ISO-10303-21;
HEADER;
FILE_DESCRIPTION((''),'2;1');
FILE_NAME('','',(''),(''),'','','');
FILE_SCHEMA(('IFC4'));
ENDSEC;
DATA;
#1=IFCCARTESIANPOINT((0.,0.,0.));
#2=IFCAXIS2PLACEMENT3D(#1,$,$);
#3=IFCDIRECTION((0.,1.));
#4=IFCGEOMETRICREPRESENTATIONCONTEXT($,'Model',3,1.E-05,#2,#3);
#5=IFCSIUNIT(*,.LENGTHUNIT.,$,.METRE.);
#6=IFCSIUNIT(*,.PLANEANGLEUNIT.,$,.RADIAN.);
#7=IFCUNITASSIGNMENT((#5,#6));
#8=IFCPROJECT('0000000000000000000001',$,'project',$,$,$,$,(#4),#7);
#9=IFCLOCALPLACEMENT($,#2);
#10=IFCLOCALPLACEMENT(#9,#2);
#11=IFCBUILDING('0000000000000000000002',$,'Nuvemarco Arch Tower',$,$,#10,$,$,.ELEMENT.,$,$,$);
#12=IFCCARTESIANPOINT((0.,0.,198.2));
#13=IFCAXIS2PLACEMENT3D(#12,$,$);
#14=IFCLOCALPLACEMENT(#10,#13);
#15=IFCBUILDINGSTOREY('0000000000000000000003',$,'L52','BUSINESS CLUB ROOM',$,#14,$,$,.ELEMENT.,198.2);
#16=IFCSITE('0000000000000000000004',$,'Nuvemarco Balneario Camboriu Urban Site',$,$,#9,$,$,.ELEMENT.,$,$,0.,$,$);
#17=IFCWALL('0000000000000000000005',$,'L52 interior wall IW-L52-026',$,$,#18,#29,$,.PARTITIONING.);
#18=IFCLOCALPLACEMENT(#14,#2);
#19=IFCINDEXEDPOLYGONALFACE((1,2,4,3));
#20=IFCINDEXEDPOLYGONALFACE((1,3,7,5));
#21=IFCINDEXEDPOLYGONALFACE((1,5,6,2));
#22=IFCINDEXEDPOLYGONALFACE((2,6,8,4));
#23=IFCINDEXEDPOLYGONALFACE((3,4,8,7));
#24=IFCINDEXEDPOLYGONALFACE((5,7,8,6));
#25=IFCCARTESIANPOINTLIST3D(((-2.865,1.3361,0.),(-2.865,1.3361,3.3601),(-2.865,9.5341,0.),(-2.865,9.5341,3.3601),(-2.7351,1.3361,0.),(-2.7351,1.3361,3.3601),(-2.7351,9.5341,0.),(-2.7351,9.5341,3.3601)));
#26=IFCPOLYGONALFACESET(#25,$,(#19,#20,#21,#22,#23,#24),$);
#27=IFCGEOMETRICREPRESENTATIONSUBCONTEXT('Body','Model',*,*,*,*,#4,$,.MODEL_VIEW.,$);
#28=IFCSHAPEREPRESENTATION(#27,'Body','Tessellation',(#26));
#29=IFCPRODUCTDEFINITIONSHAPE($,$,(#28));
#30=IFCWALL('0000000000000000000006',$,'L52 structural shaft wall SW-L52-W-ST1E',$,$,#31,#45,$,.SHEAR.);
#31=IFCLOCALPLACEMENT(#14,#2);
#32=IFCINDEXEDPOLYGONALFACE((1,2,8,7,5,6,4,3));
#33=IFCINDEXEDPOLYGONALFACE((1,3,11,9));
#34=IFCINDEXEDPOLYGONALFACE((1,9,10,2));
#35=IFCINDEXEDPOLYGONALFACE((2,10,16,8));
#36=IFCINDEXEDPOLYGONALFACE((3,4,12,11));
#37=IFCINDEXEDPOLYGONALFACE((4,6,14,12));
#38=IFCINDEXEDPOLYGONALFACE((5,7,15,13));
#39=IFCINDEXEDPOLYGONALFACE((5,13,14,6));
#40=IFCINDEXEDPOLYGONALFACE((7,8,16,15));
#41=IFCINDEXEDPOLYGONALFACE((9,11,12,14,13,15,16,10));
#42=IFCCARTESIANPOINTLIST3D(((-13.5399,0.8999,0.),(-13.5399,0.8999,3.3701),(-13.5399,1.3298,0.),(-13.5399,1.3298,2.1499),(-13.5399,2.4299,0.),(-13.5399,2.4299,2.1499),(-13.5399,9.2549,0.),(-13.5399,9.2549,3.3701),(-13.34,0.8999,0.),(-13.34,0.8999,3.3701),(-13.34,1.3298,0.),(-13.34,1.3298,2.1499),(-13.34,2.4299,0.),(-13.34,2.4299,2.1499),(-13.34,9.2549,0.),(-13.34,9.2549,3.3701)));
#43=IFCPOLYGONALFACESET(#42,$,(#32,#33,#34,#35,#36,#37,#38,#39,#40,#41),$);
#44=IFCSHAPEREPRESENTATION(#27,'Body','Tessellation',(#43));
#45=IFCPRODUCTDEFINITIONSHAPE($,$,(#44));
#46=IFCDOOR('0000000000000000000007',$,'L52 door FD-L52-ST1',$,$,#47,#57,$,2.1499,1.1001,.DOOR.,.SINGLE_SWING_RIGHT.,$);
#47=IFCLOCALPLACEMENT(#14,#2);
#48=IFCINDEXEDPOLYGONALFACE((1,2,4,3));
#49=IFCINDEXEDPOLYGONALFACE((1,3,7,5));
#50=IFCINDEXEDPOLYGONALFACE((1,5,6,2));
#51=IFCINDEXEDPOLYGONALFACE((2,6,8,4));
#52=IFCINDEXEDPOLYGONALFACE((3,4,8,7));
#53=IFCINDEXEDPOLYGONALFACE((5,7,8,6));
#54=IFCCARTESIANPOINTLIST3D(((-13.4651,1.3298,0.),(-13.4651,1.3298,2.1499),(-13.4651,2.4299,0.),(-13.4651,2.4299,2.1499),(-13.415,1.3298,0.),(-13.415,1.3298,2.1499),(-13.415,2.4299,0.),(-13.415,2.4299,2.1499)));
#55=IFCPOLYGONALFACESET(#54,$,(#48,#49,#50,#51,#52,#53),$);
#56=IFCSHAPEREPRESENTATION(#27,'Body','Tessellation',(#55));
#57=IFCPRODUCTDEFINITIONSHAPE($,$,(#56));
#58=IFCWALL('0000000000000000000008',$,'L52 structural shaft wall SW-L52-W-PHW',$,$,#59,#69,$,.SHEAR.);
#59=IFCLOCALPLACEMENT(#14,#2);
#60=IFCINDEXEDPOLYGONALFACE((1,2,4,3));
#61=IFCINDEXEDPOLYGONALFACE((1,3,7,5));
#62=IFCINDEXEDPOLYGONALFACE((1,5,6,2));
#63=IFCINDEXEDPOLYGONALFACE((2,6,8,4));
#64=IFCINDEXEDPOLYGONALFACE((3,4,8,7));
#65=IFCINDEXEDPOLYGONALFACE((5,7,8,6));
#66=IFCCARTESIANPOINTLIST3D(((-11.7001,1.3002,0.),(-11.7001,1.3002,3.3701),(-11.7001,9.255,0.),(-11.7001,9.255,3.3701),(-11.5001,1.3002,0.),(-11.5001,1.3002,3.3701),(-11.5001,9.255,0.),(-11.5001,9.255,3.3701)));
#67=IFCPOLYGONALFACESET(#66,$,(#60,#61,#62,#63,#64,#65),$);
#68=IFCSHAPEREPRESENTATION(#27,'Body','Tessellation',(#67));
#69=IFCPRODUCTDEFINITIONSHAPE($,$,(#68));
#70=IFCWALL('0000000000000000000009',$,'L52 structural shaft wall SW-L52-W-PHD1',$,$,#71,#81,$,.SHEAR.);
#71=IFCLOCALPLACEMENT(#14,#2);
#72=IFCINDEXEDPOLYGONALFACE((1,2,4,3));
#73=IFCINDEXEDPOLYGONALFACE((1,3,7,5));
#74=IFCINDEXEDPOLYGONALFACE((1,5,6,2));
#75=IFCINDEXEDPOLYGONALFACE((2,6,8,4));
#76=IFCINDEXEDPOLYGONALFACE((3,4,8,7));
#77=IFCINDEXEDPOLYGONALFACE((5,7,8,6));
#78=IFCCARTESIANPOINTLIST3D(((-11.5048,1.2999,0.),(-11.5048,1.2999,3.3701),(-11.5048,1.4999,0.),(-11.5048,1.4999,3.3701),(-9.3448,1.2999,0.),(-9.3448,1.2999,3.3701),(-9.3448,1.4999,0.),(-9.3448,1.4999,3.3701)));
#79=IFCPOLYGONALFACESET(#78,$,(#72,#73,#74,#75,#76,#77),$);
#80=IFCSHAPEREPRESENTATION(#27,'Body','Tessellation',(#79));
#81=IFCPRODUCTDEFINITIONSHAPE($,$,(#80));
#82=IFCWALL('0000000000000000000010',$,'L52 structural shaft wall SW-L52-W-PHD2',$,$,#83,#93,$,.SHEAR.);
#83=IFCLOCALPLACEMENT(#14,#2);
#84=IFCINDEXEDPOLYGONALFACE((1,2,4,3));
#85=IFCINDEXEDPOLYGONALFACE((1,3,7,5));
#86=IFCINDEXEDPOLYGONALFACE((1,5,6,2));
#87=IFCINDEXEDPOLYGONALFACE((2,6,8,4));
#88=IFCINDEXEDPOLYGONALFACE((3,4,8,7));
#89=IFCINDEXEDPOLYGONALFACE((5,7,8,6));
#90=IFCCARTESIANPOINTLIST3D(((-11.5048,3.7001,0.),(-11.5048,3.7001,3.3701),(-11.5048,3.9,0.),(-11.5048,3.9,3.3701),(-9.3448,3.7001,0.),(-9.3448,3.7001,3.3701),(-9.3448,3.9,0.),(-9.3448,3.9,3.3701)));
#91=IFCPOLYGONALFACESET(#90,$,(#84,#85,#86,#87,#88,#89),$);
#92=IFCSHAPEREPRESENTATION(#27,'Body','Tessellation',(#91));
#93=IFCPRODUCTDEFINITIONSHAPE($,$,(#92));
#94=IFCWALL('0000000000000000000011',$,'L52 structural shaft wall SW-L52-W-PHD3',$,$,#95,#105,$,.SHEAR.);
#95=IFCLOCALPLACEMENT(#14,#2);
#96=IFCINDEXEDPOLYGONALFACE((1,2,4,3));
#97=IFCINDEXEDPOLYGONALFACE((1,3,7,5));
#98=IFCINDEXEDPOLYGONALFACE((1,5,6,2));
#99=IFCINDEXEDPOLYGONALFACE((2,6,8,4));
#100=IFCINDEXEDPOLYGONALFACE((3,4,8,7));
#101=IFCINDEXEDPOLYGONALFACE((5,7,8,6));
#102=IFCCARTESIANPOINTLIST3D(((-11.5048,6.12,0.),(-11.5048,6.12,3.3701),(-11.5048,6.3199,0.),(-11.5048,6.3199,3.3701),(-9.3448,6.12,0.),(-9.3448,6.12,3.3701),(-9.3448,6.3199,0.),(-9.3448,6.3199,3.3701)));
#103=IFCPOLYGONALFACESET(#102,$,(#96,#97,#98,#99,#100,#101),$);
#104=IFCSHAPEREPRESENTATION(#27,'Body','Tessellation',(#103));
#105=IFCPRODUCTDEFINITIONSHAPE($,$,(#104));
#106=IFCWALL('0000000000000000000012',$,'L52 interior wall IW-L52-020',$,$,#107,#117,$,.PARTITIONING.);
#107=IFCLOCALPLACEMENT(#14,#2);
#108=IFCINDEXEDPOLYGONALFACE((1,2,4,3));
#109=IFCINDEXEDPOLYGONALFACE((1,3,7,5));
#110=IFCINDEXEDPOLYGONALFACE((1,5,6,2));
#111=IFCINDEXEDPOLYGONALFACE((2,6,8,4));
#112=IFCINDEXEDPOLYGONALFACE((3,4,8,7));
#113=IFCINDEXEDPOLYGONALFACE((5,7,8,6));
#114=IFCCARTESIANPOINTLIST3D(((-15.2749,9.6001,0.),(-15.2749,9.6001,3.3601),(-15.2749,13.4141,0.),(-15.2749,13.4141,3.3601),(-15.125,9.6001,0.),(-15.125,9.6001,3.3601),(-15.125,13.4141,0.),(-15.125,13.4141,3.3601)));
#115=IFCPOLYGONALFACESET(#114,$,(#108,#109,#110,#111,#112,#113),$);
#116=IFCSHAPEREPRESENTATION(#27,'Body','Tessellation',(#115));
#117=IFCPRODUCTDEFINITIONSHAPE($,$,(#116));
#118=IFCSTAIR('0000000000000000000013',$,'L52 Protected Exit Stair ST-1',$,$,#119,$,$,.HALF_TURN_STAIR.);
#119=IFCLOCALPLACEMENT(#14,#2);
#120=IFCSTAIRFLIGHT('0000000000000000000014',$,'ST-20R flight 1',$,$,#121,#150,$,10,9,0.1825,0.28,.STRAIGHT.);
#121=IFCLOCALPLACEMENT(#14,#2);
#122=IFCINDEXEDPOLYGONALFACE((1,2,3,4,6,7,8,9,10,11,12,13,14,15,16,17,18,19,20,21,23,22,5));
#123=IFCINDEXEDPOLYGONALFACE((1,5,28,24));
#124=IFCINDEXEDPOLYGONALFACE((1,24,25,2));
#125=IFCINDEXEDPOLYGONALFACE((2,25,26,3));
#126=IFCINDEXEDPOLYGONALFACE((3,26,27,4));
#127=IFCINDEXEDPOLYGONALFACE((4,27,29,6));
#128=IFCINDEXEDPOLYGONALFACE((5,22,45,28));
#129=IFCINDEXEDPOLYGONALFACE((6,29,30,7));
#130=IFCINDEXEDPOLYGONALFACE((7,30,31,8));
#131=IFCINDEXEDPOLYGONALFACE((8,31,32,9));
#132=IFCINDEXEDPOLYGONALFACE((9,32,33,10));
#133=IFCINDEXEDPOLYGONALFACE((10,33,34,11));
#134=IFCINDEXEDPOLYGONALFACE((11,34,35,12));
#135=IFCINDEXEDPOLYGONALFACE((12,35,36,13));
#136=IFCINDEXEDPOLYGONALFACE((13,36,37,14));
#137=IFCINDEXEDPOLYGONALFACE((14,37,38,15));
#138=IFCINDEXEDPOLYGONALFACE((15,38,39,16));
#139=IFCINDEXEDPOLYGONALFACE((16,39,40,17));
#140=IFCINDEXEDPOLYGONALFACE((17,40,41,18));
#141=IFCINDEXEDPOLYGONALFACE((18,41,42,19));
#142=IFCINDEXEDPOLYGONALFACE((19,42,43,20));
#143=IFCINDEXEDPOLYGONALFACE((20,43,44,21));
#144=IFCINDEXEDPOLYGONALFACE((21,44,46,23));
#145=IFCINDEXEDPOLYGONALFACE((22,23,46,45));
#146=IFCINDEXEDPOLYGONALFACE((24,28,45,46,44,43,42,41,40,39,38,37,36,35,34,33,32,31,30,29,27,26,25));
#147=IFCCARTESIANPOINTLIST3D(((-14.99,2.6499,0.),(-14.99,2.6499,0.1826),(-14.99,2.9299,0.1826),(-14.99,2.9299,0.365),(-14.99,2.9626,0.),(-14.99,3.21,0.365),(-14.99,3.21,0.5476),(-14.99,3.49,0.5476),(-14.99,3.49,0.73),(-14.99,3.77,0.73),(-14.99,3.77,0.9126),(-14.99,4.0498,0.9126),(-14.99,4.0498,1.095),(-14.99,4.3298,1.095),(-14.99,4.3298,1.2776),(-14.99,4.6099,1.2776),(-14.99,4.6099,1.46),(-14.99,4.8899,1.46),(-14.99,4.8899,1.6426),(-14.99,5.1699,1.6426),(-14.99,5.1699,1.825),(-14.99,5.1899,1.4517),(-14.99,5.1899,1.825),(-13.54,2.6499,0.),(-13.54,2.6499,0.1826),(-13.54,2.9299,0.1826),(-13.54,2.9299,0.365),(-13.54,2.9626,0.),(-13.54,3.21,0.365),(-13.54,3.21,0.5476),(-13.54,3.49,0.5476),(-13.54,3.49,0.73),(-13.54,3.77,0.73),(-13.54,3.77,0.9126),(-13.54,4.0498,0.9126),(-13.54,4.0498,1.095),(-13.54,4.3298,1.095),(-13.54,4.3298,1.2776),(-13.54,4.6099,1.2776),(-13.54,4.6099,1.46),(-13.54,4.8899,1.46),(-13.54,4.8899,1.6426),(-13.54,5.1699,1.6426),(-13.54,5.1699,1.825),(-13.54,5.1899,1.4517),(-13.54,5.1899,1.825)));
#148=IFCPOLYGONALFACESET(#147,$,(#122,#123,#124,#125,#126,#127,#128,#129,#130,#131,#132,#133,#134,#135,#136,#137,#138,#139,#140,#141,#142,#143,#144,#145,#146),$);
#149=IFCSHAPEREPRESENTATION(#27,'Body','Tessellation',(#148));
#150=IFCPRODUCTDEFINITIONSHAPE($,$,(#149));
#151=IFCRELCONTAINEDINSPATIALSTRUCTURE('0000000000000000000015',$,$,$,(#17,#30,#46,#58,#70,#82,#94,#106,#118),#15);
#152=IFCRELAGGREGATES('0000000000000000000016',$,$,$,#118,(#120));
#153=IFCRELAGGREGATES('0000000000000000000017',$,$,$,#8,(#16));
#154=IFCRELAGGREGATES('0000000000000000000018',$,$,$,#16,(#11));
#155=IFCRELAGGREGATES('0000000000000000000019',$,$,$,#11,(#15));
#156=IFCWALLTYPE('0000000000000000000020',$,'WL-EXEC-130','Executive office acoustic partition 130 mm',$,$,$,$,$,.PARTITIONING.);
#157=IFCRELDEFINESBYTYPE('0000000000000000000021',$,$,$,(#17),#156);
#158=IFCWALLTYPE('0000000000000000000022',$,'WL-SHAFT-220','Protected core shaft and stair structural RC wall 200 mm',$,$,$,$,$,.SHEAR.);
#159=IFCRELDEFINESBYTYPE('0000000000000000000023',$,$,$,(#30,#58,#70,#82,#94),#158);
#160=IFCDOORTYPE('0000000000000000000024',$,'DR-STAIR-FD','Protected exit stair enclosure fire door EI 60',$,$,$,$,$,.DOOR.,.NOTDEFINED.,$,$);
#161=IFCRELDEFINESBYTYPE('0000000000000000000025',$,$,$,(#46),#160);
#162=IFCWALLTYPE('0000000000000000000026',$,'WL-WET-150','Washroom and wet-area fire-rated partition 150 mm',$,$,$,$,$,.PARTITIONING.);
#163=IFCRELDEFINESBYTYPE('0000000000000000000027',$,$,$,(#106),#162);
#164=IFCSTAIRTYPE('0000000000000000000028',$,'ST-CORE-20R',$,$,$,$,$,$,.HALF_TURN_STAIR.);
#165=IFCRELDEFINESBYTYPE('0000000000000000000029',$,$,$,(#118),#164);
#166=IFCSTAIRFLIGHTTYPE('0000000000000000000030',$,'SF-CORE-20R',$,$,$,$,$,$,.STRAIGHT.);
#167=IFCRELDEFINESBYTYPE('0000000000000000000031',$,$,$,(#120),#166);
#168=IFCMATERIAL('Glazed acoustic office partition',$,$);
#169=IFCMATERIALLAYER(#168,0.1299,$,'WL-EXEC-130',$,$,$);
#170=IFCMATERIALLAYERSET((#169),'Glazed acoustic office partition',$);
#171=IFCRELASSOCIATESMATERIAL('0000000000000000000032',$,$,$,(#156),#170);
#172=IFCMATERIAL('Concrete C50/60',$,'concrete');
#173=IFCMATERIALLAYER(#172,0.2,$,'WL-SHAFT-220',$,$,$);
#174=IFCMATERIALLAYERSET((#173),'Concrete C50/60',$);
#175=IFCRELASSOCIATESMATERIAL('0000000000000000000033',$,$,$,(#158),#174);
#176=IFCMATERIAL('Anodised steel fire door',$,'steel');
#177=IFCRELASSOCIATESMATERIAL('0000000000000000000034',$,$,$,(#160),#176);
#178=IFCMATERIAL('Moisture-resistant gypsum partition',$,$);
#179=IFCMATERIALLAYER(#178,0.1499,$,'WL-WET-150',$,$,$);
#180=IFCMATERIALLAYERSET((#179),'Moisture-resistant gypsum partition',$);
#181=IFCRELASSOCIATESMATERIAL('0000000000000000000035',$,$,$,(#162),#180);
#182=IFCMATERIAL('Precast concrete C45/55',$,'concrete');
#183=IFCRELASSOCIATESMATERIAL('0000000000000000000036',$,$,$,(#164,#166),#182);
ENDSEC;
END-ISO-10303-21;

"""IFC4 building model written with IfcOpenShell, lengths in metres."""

from ifc_helpers import new_model, si_unit, direction, frame, frame_2d, origin, place, context, subcontext, project, spatial, polyline, rectangle, outline, extrude, source, transform, mapped, material, layer, layer_set, type_object, type_shapes, element, fill, aggregate, save


model = new_model("IFC4")

# Units and contexts
model_context = context("Model", 3, precision=1e-05, world=origin(), true_north=direction((0.0, 1.0)))
body_context = subcontext(model_context, "Body", "Model", "MODEL_VIEW")
ifc_project = project(units=[si_unit("LENGTHUNIT", "METRE"), si_unit("PLANEANGLEUNIT", "RADIAN")], contexts=[model_context])

# Site, building, storey
site_placement = place(None, origin())
site = spatial("IfcSite", under=ifc_project, at=site_placement, Name="Nuvemarco Balneario Camboriu Urban Site", CompositionType="ELEMENT", RefElevation=0.0)
building_placement = place(site_placement, origin())
building = spatial("IfcBuilding", under=site, at=building_placement, Name="Nuvemarco Arch Tower", CompositionType="ELEMENT")
storey_placement = place(building_placement, frame((0.0, 0.0, 198.2)))
storey = spatial("IfcBuildingStorey", under=building, at=storey_placement, Name="L52", Description="BUSINESS CLUB ROOM", CompositionType="ELEMENT", Elevation=198.2)

# Shared definitions
ifc_material_1 = material(Name="Concrete C50/60", Category="concrete")

# Wall
ifc_material_2 = material(Name="Glazed acoustic office partition")
ifc_layer_1 = layer(ifc_material_2, 0.1299, Name="WL-EXEC-130")
ifc_layer_set_1 = layer_set([ifc_layer_1], Name="Glazed acoustic office partition")
wall_type_1 = type_object("IfcWallType", Name="WL-EXEC-130", Description="Executive office acoustic partition 130 mm", PredefinedType="PARTITIONING", material=ifc_layer_set_1)
wall_1_placement = place(storey_placement, frame((-2.8, 1.3359, 0.0), z_axis=(0.0, 0.0, 1.0), x_axis=(0.0, 1.0, 0.0)))
element("IfcWall", 1, at=wall_1_placement, inside=storey, type_object=wall_type_1, Name="L52 interior wall IW-L52-026", PredefinedType="PARTITIONING", context=body_context, shape_type="SweptSolid", body=[
    extrude(rectangle(XDim=8.198, YDim=0.1299, at=frame_2d((4.0991, 0.0))), origin(), (0.0, 0.0, 1.0), 3.3601),
])

# Wall, opening, door
ifc_layer_2 = layer(ifc_material_1, 0.2, Name="WL-SHAFT-220")
ifc_layer_set_2 = layer_set([ifc_layer_2], Name="Concrete C50/60")
wall_type_2 = type_object("IfcWallType", Name="WL-SHAFT-220", Description="Protected core shaft and stair structural RC wall 200 mm", PredefinedType="SHEAR", material=ifc_layer_set_2)
wall_2_placement = place(storey_placement, frame((-13.4399, 0.8999, 0.0), z_axis=(0.0, 0.0, 1.0), x_axis=(0.0, 1.0, 0.0)))
wall_2 = element("IfcWall", 2, at=wall_2_placement, inside=storey, type_object=wall_type_2, Name="L52 structural shaft wall SW-L52-W-ST1E", PredefinedType="SHEAR", context=body_context, shape_type="SweptSolid", body=[
    extrude(rectangle(XDim=8.355, YDim=0.2, at=frame_2d((4.1775, 0.0))), origin(), (0.0, 0.0, 1.0), 3.3701),
])
opening_1_placement = place(wall_2_placement, frame((1.53, 0.0, 0.0), z_axis=(0.0, 0.0, 1.0), x_axis=(-1.0, 0.0, 0.0)))
opening_1 = element("IfcOpeningElement", 3, at=opening_1_placement, cuts=wall_2, PredefinedType="OPENING", context=body_context, shape_type="SweptSolid", body=[
    extrude(rectangle(XDim=1.1001, YDim=2.1499, at=frame_2d((0.55, 1.075))), frame((0.0, 0.1099, 0.0), z_axis=(0.0, -1.0, 0.0), x_axis=(1.0, 0.0, 0.0)), (0.0, 0.0, 1.0), 0.22),
])
ifc_material_3 = material(Name="Anodised steel fire door", Category="steel")
door_type_1 = type_object("IfcDoorType", Name="DR-STAIR-FD", Description="Protected exit stair enclosure fire door EI 60", OperationType="NOTDEFINED", PredefinedType="DOOR", material=ifc_material_3)
shared_shape_1 = source(origin(), body_context, "Body", "SweptSolid", [
    extrude(rectangle(XDim=1.1001, YDim=2.1499, at=frame_2d((0.55, 1.075))), frame((0.0, 0.0249, 0.0), z_axis=(0.0, -1.0, 0.0), x_axis=(1.0, 0.0, 0.0)), (0.0, 0.0, 1.0), 0.05),
])
type_shapes(door_type_1, [shared_shape_1])
door_1_placement = place(opening_1_placement, origin())
door_1 = element("IfcDoor", 4, at=door_1_placement, inside=storey, type_object=door_type_1, Name="L52 door FD-L52-ST1", OperationType="SINGLE_SWING_RIGHT", OverallHeight=2.1499, OverallWidth=1.1001, PredefinedType="DOOR", context=body_context, shape_type="MappedRepresentation", body=[
    mapped(shared_shape_1, transform((0.0, 0.0, 0.0), scale=1.0)),
])
fill(opening_1, door_1)

# Walls
wall_3_placement = place(storey_placement, frame((-11.6001, 1.3, 0.0), z_axis=(0.0, 0.0, 1.0), x_axis=(0.0, 1.0, 0.0)))
element("IfcWall", 5, at=wall_3_placement, inside=storey, type_object=wall_type_2, Name="L52 structural shaft wall SW-L52-W-PHW", PredefinedType="SHEAR", context=body_context, shape_type="SweptSolid", body=[
    extrude(rectangle(XDim=7.9548, YDim=0.2, at=frame_2d((3.9775, 0.0))), origin(), (0.0, 0.0, 1.0), 3.3701),
])
for number, where, z_axis, x_axis, name in (
    (6, (-11.5049, 1.3999, 0.0), (0.0, 0.0, 1.0), (1.0, 0.0, 0.0), "L52 structural shaft wall SW-L52-W-PHD1"),
    (7, (-11.5049, 3.8, 0.0), (0.0, 0.0, 1.0), (1.0, 0.0, 0.0), "L52 structural shaft wall SW-L52-W-PHD2"),
    (8, (-11.5049, 6.22, 0.0), (0.0, 0.0, 1.0), (1.0, 0.0, 0.0), "L52 structural shaft wall SW-L52-W-PHD3"),
):
    element("IfcWall", number, at=place(storey_placement, frame(where, z_axis=z_axis, x_axis=x_axis)), inside=storey, type_object=wall_type_2, Name=name, PredefinedType="SHEAR", context=body_context, shape_type="SweptSolid", body=[
        extrude(rectangle(XDim=2.1599, YDim=0.2, at=frame_2d((1.0801, 0.0))), origin(), (0.0, 0.0, 1.0), 3.3701),
    ])
ifc_material_4 = material(Name="Moisture-resistant gypsum partition")
ifc_layer_3 = layer(ifc_material_4, 0.1499, Name="WL-WET-150")
ifc_layer_set_3 = layer_set([ifc_layer_3], Name="Moisture-resistant gypsum partition")
wall_type_3 = type_object("IfcWallType", Name="WL-WET-150", Description="Washroom and wet-area fire-rated partition 150 mm", PredefinedType="PARTITIONING", material=ifc_layer_set_3)
wall_4_placement = place(storey_placement, frame((-15.2, 9.6001, 0.0), z_axis=(0.0, 0.0, 1.0), x_axis=(0.0, 1.0, 0.0)))
element("IfcWall", 9, at=wall_4_placement, inside=storey, type_object=wall_type_3, Name="L52 interior wall IW-L52-020", PredefinedType="PARTITIONING", context=body_context, shape_type="SweptSolid", body=[
    extrude(rectangle(XDim=3.814, YDim=0.1499, at=frame_2d((1.907, 0.0))), origin(), (0.0, 0.0, 1.0), 3.3601),
])

# Stair, stair flight
ifc_material_5 = material(Name="Precast concrete C45/55", Category="concrete")
stair_type = type_object("IfcStairType", Name="ST-CORE-20R", PredefinedType="HALF_TURN_STAIR", material=ifc_material_5)
stair_placement = place(storey_placement, origin())
stair = element("IfcStair", 10, at=stair_placement, inside=storey, type_object=stair_type, Name="L52 Protected Exit Stair ST-1", PredefinedType="HALF_TURN_STAIR")
stair_flight_type = type_object("IfcStairFlightType", Name="SF-CORE-20R", PredefinedType="STRAIGHT", material=ifc_material_5)
stair_flight_placement = place(storey_placement, frame((-14.2649, 2.6499, 0.0), z_axis=(0.0, 0.0, 1.0), x_axis=(0.0, 1.0, 0.0)))
stair_flight = element("IfcStairFlight", 11, at=stair_flight_placement, type_object=stair_flight_type, Name="ST-20R flight 1", NumberOfRisers=10, NumberOfTreads=9, PredefinedType="STRAIGHT", RiserHeight=0.1825, TreadLength=0.28, context=body_context, shape_type="SweptSolid", body=[
    extrude(outline(polyline([(0.0, 0.0), (0.0, 0.1826), (0.28, 0.1826), (0.28, 0.365), (0.5601, 0.365), (0.5601, 0.5476), (0.8401, 0.5476), (0.8401, 0.73), (1.1201, 0.73), (1.1201, 0.9126), (1.3999, 0.9126), (1.3999, 1.095), (1.6799, 1.095), (1.6799, 1.2776), (1.96, 1.2776), (1.96, 1.46), (2.24, 1.46), (2.24, 1.6426), (2.52, 1.6426), (2.52, 1.825), (2.54, 1.825), (2.54, 1.4517), (0.3127, 0.0), (0.0, 0.0)])), frame((0.0, 0.7251, 0.0), z_axis=(0.0, -1.0, 0.0), x_axis=(1.0, 0.0, 0.0)), (0.0, 0.0, 1.0), 1.45),
])
aggregate(stair, [stair_flight])

save(model, "model.ifc")
